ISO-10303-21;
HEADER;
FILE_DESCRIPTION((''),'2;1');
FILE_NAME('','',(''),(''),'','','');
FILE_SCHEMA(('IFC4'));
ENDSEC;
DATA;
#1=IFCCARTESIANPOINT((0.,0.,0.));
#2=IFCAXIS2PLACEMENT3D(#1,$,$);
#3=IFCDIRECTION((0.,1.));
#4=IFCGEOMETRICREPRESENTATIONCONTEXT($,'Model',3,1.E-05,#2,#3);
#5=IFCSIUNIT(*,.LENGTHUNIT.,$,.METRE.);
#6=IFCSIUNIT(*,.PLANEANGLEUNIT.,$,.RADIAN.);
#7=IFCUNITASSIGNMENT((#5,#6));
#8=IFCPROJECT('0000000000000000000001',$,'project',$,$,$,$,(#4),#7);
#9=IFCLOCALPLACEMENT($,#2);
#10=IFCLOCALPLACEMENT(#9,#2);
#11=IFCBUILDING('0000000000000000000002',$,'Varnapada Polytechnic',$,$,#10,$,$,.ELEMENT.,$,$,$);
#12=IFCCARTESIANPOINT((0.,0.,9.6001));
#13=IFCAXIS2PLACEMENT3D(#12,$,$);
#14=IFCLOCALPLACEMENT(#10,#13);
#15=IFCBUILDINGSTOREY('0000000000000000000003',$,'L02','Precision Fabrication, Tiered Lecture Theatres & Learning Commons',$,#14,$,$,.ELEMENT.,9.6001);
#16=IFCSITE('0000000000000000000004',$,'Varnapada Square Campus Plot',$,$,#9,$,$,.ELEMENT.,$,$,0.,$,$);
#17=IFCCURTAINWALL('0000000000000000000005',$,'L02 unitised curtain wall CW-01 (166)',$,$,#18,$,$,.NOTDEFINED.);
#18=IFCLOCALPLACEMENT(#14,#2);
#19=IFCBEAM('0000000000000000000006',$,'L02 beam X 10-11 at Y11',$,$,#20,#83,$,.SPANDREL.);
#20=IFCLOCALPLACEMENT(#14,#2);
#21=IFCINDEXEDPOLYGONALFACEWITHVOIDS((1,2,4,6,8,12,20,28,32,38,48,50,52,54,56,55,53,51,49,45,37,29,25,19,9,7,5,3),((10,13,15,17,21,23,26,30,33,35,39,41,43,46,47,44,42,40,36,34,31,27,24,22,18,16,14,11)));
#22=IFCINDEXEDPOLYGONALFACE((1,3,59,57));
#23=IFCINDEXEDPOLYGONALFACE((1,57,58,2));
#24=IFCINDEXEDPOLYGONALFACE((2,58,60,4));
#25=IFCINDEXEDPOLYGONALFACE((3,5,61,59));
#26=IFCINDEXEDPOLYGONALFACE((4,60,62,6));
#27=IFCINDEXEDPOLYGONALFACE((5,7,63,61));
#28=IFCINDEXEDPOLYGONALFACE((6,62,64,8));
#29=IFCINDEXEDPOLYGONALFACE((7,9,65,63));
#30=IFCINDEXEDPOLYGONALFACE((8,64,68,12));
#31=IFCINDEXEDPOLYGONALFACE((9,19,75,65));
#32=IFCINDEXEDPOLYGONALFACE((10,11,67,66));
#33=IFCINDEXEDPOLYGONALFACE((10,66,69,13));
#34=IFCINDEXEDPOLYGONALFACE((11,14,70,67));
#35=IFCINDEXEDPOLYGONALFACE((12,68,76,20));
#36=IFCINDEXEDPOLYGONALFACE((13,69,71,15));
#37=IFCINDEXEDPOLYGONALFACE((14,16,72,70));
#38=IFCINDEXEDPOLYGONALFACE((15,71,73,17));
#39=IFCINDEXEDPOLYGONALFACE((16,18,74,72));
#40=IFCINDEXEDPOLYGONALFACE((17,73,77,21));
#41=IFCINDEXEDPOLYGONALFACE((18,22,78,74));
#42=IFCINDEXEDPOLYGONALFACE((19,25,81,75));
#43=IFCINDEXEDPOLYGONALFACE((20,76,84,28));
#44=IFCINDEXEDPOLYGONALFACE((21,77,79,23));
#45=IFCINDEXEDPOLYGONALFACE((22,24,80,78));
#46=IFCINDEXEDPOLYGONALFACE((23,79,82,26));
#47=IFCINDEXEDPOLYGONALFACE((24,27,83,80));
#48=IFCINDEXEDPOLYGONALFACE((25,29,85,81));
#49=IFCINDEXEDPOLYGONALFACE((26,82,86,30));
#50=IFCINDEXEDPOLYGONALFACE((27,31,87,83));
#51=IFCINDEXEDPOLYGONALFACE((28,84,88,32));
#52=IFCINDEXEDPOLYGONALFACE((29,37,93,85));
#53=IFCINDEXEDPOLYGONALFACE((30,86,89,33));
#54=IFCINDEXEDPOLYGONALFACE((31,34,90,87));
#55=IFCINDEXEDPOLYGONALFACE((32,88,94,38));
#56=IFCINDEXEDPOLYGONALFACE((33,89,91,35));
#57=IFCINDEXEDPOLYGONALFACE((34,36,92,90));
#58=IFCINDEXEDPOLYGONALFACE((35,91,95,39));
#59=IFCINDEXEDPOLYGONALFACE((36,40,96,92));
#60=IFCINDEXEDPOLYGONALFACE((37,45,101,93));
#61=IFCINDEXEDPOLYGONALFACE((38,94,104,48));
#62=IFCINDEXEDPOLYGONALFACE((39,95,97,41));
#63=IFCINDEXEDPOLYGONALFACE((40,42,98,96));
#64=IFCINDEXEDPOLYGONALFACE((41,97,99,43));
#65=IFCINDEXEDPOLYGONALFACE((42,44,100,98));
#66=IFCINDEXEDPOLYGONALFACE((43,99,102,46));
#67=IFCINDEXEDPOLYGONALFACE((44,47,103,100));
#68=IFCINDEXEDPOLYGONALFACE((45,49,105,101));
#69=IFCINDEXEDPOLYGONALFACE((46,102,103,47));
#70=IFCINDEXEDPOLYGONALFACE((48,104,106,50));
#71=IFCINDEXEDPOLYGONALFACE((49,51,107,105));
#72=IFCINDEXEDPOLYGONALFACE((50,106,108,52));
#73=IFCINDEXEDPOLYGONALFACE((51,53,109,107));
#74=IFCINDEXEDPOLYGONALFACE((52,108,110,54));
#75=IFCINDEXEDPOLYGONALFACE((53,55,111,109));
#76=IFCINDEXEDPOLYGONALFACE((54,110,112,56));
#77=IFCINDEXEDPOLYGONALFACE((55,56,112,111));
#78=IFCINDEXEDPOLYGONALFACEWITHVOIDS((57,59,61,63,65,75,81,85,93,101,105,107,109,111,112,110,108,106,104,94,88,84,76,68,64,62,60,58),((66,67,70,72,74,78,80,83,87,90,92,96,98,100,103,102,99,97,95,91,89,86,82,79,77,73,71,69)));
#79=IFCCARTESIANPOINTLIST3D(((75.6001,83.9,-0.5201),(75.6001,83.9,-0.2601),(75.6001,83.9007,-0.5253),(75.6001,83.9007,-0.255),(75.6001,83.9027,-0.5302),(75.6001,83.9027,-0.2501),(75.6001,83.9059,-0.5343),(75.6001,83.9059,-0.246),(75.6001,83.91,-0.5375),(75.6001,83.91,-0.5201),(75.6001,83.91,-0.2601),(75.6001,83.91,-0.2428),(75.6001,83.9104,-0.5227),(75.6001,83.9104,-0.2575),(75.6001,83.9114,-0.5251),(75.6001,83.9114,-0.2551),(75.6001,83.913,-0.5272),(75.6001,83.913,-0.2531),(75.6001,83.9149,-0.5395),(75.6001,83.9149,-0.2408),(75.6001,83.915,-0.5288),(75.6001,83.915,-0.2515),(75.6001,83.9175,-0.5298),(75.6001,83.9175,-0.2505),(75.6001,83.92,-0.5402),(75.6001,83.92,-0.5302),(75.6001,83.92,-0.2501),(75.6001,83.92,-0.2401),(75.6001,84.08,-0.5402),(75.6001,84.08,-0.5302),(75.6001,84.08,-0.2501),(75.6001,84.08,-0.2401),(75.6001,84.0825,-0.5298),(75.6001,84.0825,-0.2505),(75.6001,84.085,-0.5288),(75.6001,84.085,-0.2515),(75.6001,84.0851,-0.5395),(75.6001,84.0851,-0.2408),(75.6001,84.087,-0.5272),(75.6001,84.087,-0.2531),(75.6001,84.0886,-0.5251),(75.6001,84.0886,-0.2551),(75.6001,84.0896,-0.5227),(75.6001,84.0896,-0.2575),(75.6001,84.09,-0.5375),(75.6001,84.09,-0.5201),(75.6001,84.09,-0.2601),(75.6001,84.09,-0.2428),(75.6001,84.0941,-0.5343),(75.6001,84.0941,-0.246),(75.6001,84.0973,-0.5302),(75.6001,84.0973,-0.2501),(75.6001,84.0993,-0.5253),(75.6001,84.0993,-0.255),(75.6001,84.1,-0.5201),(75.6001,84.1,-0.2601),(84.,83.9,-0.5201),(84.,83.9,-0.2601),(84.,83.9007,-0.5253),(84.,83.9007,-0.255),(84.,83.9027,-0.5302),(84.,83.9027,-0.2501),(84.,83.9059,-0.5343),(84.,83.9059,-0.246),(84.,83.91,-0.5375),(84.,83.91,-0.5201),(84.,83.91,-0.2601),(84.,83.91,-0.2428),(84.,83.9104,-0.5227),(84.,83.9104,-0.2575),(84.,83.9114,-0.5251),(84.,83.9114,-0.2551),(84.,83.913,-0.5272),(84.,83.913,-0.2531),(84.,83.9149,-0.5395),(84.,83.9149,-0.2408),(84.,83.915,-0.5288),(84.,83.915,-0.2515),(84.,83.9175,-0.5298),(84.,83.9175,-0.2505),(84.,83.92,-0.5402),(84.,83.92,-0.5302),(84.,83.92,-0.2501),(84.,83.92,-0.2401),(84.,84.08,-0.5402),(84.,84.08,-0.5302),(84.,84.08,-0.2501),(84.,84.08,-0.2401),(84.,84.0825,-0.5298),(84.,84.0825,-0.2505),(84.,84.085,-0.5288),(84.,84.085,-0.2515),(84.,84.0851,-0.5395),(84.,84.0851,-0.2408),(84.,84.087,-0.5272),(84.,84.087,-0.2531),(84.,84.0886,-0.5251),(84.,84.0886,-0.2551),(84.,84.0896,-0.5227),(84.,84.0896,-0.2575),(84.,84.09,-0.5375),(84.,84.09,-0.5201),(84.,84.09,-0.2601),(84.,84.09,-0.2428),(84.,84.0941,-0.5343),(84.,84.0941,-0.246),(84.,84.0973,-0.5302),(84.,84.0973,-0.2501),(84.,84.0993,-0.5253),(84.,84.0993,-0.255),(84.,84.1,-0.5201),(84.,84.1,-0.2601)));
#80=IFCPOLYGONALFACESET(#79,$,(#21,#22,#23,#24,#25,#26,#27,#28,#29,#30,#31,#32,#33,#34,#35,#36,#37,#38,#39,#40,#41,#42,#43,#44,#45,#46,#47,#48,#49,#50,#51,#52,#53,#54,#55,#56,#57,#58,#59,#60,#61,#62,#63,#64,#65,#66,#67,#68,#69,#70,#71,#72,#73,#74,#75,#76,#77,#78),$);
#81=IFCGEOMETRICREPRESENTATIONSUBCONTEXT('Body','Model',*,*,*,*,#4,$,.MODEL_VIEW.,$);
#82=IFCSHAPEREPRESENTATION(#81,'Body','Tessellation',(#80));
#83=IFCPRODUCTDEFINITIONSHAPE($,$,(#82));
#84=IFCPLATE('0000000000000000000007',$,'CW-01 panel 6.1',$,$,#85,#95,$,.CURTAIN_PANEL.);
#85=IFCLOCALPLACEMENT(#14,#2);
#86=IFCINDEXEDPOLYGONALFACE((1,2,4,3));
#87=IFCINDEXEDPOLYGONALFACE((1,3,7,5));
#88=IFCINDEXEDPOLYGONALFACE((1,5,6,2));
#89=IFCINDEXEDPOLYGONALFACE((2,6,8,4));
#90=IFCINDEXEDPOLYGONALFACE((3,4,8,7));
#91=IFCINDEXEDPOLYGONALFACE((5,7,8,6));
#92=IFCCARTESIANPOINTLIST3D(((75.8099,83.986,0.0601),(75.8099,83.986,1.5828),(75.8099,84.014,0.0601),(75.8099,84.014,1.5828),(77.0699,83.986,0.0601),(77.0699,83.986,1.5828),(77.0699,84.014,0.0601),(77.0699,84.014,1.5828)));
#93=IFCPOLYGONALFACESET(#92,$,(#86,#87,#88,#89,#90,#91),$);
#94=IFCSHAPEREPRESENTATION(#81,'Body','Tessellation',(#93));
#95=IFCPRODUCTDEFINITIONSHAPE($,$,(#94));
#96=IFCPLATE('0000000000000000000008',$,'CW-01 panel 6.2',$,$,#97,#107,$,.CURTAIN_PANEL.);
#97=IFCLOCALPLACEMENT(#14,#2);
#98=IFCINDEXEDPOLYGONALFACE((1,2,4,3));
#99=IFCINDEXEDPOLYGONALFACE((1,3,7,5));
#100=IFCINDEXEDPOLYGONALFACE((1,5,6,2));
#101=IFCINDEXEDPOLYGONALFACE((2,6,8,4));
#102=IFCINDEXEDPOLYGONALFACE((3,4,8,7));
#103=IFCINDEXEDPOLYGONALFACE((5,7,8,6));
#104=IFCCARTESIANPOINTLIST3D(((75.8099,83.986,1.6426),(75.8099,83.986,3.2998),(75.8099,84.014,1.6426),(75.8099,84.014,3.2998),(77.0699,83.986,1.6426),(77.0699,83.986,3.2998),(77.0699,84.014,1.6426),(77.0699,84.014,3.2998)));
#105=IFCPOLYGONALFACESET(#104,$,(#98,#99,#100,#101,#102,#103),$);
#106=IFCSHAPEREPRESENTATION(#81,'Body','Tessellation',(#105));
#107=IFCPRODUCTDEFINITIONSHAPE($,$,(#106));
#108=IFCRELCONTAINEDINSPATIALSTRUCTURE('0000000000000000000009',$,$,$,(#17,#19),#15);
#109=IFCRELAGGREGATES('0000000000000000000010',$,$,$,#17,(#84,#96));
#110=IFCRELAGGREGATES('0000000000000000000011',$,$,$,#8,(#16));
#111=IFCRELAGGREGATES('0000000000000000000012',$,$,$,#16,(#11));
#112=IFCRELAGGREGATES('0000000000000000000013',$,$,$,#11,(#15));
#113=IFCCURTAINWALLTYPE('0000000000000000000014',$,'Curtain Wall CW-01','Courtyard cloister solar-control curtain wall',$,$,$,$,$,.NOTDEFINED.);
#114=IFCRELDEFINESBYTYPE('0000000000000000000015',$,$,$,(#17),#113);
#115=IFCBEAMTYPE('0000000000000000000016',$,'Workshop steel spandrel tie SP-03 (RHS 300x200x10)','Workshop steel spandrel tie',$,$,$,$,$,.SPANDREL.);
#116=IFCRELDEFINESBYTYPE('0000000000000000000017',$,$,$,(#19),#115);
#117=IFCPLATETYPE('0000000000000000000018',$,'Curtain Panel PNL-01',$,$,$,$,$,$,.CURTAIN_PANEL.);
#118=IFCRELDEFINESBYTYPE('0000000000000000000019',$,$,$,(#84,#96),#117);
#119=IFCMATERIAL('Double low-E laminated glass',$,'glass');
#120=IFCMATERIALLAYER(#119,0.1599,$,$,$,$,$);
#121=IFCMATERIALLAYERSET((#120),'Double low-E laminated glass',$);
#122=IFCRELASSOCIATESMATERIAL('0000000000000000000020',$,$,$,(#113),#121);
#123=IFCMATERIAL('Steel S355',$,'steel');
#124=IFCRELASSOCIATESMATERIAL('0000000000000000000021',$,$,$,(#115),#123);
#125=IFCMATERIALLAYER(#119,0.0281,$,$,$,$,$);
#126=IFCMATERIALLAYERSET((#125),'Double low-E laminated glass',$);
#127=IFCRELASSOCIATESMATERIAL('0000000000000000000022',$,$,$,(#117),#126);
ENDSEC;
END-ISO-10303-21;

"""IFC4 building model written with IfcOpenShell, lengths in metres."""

from ifc_helpers import new_model, si_unit, direction, frame, origin, origin_2d, place, context, subcontext, project, spatial, rectangle, hollow_rectangle, extrude, material, layer, layer_set, material_profile, profile_set, type_object, element, aggregate, save


model = new_model("IFC4")

# Units and contexts
model_context = context("Model", 3, precision=1e-05, world=origin(), true_north=direction((0.0, 1.0)))
body_context = subcontext(model_context, "Body", "Model", "MODEL_VIEW")
ifc_project = project(units=[si_unit("LENGTHUNIT", "METRE"), si_unit("PLANEANGLEUNIT", "RADIAN")], contexts=[model_context])

# Site, building, storey
site_placement = place(None, origin())
site = spatial("IfcSite", under=ifc_project, at=site_placement, Name="Varnapada Square Campus Plot", CompositionType="ELEMENT", RefElevation=0.0)
building_placement = place(site_placement, origin())
building = spatial("IfcBuilding", under=site, at=building_placement, Name="Varnapada Polytechnic", CompositionType="ELEMENT")
storey_placement = place(building_placement, frame((0.0, 0.0, 9.6001)))
storey = spatial("IfcBuildingStorey", under=building, at=storey_placement, Name="L02", Description="Precision Fabrication, Tiered Lecture Theatres & Learning Commons", CompositionType="ELEMENT", Elevation=9.6001)

# Shared definitions
ifc_material_1 = material(Name="Steel S355", Category="steel")

# Curtain wall
ifc_material_2 = material(Name="Double low-E laminated glass", Category="glass")
ifc_layer_1 = layer(ifc_material_2, 0.1599)
ifc_layer_set_1 = layer_set([ifc_layer_1], Name="Double low-E laminated glass")
curtain_wall_type = type_object("IfcCurtainWallType", Name="Curtain Wall CW-01", Description="Courtyard cloister solar-control curtain wall", PredefinedType="NOTDEFINED", material=ifc_layer_set_1)
curtain_wall_1_placement = place(storey_placement, origin())
curtain_wall_1 = element("IfcCurtainWall", 1, at=curtain_wall_1_placement, inside=storey, type_object=curtain_wall_type, Name="L02 unitised curtain wall CW-01 (166)", PredefinedType="NOTDEFINED")

# Beam
ifc_material_profile_1 = material_profile(ifc_material_1, hollow_rectangle(XDim=0.2, YDim=0.3, WallThickness=0.01, InnerFilletRadius=0.01, OuterFilletRadius=0.02, at=origin_2d()), Name="RHS 300x200x10")
ifc_profile_set_1 = profile_set([ifc_material_profile_1], Name="Steel S355")
beam_type_1 = type_object("IfcBeamType", Name="Workshop steel spandrel tie SP-03 (RHS 300x200x10)", Description="Workshop steel spandrel tie", PredefinedType="SPANDREL", material=ifc_profile_set_1)
beam_1_placement = place(storey_placement, frame((75.6001, 84.0, -0.3901), z_axis=(1.0, 0.0, 0.0), x_axis=(0.0, 1.0, 0.0)))
element("IfcBeam", 2, at=beam_1_placement, inside=storey, type_object=beam_type_1, Name="L02 beam X 10-11 at Y11", PredefinedType="SPANDREL", context=body_context, shape_type="SweptSolid", body=[
    extrude(hollow_rectangle(XDim=0.2, YDim=0.3, WallThickness=0.01, InnerFilletRadius=0.01, OuterFilletRadius=0.02, at=origin_2d()), origin(), (0.0, 0.0, 1.0), 8.3999),
])

# Plates
ifc_layer_2 = layer(ifc_material_2, 0.0281)
ifc_layer_set_2 = layer_set([ifc_layer_2], Name="Double low-E laminated glass")
plate_type = type_object("IfcPlateType", Name="Curtain Panel PNL-01", PredefinedType="CURTAIN_PANEL", material=ifc_layer_set_2)
plate_1_placement = place(storey_placement, frame((76.4399, 84.0, 0.0601), z_axis=(0.0, 0.0, 1.0), x_axis=(-1.0, 0.0, 0.0)))
plate_1 = element("IfcPlate", 3, at=plate_1_placement, type_object=plate_type, Name="CW-01 panel 6.1", PredefinedType="CURTAIN_PANEL", context=body_context, shape_type="SweptSolid", body=[
    extrude(rectangle(XDim=1.26, YDim=0.0281, at=origin_2d()), origin(), (0.0, 0.0, 1.0), 1.5227),
])
plate_2_placement = place(storey_placement, frame((76.4399, 84.0, 1.6426), z_axis=(0.0, 0.0, 1.0), x_axis=(-1.0, 0.0, 0.0)))
plate_2 = element("IfcPlate", 4, at=plate_2_placement, type_object=plate_type, Name="CW-01 panel 6.2", PredefinedType="CURTAIN_PANEL", context=body_context, shape_type="SweptSolid", body=[
    extrude(rectangle(XDim=1.26, YDim=0.0281, at=origin_2d()), origin(), (0.0, 0.0, 1.0), 1.6572),
])
aggregate(curtain_wall_1, [plate_1, plate_2])

save(model, "model.ifc")
